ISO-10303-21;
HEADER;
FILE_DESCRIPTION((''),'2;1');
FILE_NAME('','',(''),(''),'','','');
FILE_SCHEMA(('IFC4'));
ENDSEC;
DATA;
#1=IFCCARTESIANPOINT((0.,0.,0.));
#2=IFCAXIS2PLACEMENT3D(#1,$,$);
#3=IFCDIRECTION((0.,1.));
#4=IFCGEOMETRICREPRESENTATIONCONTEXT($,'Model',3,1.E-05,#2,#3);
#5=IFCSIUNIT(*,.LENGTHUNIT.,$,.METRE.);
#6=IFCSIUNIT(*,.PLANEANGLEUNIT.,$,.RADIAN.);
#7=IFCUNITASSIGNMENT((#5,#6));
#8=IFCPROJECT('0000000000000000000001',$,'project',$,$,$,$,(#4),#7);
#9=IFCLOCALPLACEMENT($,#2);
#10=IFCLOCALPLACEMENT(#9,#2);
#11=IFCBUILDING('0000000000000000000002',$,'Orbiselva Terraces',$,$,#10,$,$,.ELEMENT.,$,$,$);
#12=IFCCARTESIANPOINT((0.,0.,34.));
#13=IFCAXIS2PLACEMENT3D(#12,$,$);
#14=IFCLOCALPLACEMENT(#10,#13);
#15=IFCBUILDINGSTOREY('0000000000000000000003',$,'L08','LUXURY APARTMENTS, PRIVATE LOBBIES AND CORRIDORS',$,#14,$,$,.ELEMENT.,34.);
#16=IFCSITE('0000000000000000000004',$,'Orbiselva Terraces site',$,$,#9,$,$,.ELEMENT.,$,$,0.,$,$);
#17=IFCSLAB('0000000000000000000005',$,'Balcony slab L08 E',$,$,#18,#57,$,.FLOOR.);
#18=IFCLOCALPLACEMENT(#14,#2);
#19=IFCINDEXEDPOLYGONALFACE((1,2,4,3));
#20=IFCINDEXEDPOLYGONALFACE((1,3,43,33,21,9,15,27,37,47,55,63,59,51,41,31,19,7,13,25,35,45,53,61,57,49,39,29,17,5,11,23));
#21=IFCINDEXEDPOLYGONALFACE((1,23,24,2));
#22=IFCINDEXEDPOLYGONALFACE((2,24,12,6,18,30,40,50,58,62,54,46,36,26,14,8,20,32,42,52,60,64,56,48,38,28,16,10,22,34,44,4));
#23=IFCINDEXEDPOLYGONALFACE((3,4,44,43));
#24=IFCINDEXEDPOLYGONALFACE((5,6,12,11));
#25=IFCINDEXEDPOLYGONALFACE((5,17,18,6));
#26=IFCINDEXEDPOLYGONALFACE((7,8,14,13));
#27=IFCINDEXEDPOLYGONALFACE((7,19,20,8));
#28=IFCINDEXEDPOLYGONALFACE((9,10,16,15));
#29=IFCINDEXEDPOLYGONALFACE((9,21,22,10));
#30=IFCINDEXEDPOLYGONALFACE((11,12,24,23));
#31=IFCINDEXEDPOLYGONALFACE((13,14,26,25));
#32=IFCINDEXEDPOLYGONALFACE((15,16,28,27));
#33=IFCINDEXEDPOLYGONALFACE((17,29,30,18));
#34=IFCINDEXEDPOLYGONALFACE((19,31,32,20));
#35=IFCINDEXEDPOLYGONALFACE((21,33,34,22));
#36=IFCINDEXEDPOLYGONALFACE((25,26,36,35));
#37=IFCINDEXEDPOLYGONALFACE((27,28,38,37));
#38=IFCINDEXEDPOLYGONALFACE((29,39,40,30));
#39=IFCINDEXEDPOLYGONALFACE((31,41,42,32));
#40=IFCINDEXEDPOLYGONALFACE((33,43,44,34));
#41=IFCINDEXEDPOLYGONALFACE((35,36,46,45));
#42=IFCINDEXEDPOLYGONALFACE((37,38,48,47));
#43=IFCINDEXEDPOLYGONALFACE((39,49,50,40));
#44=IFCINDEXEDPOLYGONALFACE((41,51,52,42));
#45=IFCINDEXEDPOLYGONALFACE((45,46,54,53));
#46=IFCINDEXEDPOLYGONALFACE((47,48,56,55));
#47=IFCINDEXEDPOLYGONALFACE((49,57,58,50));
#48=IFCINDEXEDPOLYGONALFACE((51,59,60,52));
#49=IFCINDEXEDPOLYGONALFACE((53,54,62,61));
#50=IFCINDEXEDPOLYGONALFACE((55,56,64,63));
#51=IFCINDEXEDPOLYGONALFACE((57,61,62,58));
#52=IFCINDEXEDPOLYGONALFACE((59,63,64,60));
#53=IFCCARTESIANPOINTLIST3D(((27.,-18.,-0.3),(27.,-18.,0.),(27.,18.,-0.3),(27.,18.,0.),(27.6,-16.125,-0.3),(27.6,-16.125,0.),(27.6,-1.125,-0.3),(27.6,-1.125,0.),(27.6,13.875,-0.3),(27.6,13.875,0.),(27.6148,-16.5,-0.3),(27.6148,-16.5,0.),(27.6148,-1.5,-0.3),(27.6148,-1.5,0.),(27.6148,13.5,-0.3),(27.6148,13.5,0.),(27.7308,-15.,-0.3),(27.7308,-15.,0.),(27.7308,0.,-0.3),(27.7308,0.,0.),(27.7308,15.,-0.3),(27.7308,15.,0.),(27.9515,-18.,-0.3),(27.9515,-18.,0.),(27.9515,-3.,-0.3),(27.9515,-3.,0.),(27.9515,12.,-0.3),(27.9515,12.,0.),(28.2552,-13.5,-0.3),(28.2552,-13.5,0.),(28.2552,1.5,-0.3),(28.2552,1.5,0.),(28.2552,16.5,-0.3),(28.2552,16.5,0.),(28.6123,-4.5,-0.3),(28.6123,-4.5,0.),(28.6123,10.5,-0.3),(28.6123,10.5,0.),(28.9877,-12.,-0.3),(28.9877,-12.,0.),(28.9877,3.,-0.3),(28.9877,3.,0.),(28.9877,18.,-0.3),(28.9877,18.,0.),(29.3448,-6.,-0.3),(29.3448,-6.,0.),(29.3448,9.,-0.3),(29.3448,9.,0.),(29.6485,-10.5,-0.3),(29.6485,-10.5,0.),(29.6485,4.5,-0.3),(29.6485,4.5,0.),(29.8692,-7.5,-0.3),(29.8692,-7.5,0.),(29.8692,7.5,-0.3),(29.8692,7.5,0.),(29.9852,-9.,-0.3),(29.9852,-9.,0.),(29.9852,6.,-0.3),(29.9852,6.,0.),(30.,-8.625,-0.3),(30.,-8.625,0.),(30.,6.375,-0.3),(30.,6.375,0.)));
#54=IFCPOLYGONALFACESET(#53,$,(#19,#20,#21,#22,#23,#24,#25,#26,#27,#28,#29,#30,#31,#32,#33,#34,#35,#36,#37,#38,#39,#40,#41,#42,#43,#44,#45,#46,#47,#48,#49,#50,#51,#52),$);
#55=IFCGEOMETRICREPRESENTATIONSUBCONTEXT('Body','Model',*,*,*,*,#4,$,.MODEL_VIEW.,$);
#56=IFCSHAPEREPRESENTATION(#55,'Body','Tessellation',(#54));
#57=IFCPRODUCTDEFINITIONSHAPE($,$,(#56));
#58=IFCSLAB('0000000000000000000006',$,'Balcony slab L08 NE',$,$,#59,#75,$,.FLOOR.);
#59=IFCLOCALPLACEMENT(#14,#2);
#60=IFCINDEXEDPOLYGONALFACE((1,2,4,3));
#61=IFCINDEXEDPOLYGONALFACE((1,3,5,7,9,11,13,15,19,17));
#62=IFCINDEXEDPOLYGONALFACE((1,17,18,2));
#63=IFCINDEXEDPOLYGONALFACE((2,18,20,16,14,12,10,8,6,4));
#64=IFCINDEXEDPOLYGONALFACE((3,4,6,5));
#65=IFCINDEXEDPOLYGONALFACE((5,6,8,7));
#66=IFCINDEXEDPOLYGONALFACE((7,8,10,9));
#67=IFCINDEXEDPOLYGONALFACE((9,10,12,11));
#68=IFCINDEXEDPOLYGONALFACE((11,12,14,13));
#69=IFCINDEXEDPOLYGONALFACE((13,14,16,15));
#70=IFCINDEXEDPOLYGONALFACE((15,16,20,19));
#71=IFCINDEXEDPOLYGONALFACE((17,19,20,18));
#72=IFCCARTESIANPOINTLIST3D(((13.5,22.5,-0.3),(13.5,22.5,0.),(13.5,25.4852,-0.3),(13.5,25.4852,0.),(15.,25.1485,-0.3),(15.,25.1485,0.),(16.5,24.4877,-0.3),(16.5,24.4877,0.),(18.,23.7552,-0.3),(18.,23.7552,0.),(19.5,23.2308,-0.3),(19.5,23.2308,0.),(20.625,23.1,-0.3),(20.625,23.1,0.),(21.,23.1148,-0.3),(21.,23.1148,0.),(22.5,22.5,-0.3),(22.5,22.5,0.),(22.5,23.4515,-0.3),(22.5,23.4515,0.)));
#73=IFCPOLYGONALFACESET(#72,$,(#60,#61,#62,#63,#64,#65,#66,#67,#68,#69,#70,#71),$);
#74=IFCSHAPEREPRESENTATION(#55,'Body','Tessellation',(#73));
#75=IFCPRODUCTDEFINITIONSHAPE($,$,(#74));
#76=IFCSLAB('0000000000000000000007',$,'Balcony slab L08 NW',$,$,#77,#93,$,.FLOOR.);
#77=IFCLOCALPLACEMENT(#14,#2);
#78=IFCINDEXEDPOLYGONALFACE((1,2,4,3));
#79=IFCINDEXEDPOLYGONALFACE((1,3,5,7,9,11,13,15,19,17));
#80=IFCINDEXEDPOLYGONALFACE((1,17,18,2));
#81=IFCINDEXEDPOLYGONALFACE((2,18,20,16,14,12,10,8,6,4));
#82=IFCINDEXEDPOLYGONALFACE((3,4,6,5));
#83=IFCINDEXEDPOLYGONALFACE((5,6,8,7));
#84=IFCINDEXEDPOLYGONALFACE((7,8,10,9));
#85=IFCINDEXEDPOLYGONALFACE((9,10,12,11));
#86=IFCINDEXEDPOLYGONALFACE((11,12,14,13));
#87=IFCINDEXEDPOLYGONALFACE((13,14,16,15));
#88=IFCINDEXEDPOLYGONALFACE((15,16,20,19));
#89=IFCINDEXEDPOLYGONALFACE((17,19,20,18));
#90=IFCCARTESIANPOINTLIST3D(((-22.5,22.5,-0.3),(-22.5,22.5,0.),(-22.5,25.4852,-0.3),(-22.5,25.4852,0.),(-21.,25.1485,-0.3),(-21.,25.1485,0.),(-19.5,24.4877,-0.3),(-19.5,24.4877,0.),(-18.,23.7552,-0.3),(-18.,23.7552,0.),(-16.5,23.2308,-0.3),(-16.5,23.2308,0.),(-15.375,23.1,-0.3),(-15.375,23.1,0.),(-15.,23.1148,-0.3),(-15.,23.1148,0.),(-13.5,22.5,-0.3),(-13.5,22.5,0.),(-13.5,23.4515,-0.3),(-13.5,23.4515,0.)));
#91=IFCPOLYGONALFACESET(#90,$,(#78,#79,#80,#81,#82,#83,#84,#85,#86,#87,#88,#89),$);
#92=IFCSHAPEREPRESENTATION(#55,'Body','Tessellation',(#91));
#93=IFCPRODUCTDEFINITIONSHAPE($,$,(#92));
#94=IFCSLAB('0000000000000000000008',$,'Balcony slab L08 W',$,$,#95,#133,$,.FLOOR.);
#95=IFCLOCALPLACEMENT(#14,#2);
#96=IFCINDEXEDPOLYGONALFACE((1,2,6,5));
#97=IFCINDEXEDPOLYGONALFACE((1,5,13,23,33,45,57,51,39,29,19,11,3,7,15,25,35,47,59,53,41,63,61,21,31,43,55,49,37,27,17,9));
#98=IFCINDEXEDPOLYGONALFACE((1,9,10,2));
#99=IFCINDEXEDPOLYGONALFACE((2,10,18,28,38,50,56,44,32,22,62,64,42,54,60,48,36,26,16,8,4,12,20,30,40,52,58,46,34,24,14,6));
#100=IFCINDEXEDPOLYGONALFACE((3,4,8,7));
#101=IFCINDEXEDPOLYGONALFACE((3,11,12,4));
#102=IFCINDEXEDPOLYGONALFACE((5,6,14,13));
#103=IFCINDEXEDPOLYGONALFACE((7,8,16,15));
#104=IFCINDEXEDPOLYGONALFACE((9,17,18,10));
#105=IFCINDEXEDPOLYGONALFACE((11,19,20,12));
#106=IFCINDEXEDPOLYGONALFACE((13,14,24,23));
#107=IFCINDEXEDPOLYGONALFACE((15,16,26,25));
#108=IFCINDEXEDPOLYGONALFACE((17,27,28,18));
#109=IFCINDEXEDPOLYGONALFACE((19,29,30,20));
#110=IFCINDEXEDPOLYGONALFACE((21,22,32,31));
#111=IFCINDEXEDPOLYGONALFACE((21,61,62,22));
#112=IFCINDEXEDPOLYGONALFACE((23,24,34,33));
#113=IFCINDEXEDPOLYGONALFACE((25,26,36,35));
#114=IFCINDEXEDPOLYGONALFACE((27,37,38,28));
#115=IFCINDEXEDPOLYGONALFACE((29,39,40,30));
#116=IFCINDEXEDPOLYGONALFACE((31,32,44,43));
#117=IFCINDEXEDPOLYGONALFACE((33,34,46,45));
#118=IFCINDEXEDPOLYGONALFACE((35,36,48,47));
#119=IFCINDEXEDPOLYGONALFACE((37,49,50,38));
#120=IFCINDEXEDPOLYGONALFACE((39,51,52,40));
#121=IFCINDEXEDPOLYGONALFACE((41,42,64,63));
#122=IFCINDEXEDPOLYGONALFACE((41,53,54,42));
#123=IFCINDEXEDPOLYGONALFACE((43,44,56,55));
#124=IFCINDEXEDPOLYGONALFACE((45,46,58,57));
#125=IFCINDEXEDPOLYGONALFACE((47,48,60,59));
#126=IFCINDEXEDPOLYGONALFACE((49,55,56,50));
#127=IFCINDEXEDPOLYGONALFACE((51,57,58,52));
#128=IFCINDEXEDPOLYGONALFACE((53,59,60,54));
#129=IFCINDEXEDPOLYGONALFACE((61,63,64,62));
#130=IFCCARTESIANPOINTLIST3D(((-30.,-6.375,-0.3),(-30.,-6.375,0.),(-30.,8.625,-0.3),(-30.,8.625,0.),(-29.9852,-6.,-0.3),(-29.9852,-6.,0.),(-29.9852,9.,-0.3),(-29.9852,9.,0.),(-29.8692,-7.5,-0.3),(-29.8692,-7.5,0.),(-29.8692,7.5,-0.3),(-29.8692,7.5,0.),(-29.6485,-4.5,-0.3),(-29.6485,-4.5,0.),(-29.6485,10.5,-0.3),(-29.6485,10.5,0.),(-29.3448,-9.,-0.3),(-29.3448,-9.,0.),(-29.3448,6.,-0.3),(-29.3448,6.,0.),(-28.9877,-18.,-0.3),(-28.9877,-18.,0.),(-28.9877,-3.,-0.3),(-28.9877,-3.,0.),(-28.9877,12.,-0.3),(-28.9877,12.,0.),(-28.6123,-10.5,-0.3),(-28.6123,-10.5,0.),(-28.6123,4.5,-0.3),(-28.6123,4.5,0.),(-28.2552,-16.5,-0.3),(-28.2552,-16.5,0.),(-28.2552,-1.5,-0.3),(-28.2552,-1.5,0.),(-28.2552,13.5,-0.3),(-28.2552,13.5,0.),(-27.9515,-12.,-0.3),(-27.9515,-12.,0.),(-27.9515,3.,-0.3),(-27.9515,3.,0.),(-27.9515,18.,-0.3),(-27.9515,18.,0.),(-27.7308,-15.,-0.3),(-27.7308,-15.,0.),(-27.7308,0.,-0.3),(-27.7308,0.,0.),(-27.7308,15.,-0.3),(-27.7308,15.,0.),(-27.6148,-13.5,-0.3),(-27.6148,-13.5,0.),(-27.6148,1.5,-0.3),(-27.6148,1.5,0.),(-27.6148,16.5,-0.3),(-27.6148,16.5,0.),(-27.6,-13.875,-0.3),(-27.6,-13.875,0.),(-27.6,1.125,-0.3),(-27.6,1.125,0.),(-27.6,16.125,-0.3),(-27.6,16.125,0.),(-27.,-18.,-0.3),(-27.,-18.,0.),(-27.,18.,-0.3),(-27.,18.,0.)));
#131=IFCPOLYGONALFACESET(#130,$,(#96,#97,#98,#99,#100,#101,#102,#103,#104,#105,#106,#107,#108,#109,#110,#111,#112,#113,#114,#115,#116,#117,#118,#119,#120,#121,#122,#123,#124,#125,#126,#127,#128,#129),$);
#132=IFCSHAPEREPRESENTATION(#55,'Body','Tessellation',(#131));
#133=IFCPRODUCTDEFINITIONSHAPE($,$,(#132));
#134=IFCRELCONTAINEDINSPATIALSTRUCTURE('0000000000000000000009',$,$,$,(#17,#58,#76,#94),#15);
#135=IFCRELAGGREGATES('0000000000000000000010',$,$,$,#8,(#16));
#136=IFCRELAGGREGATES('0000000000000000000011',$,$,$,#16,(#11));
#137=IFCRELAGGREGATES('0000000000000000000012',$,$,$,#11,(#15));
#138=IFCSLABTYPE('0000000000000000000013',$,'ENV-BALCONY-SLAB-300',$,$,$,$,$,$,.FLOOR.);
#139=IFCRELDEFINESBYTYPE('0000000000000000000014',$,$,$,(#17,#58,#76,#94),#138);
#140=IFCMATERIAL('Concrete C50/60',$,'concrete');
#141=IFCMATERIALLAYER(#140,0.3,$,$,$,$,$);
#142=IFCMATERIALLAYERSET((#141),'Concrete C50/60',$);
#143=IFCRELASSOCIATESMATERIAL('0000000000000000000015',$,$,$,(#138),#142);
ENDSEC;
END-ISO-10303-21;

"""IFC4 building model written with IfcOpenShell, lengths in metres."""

from ifc_helpers import new_model, si_unit, direction, frame, origin, place, context, subcontext, project, spatial, polyline, outline, extrude, material, layer, layer_set, type_object, element, save


model = new_model("IFC4")

# Units and contexts
model_context = context("Model", 3, precision=1e-05, world=origin(), true_north=direction((0.0, 1.0)))
body_context = subcontext(model_context, "Body", "Model", "MODEL_VIEW")
ifc_project = project(units=[si_unit("LENGTHUNIT", "METRE"), si_unit("PLANEANGLEUNIT", "RADIAN")], contexts=[model_context])

# Site, building, storey
site_placement = place(None, origin())
site = spatial("IfcSite", under=ifc_project, at=site_placement, Name="Orbiselva Terraces site", CompositionType="ELEMENT", RefElevation=0.0)
building_placement = place(site_placement, origin())
building = spatial("IfcBuilding", under=site, at=building_placement, Name="Orbiselva Terraces", CompositionType="ELEMENT")
storey_placement = place(building_placement, frame((0.0, 0.0, 34.0)))
storey = spatial("IfcBuildingStorey", under=building, at=storey_placement, Name="L08", Description="LUXURY APARTMENTS, PRIVATE LOBBIES AND CORRIDORS", CompositionType="ELEMENT", Elevation=34.0)

# Slabs
ifc_material_1 = material(Name="Concrete C50/60", Category="concrete")
ifc_layer_1 = layer(ifc_material_1, 0.3)
ifc_layer_set_1 = layer_set([ifc_layer_1], Name="Concrete C50/60")
slab_type_1 = type_object("IfcSlabType", Name="ENV-BALCONY-SLAB-300", PredefinedType="FLOOR", material=ifc_layer_set_1)
slab_1_placement = place(storey_placement, frame((0.0, 0.0, -0.3)))
element("IfcSlab", 1, at=slab_1_placement, inside=storey, type_object=slab_type_1, Name="Balcony slab L08 E", PredefinedType="FLOOR", context=body_context, shape_type="SweptSolid", body=[
    extrude(outline(polyline([(27.9515, -18.0), (27.6148, -16.5), (27.6, -16.125), (27.7308, -15.0), (28.2552, -13.5), (28.9877, -12.0), (29.6485, -10.5), (29.9852, -9.0), (30.0, -8.625), (29.8692, -7.5), (29.3448, -6.0), (28.6123, -4.5), (27.9515, -3.0), (27.6148, -1.5), (27.6, -1.125), (27.7308, 0.0), (28.2552, 1.5), (28.9877, 3.0), (29.6485, 4.5), (29.9852, 6.0), (30.0, 6.375), (29.8692, 7.5), (29.3448, 9.0), (28.6123, 10.5), (27.9515, 12.0), (27.6148, 13.5), (27.6, 13.875), (27.7308, 15.0), (28.2552, 16.5), (28.9877, 18.0), (27.0, 18.0), (27.0, -18.0), (27.9515, -18.0)])), origin(), (0.0, 0.0, 1.0), 0.3),
])
slab_2_placement = place(storey_placement, frame((0.0, 0.0, -0.3)))
element("IfcSlab", 2, at=slab_2_placement, inside=storey, type_object=slab_type_1, Name="Balcony slab L08 NE", PredefinedType="FLOOR", context=body_context, shape_type="SweptSolid", body=[
    extrude(outline(polyline([(22.5, 23.4515), (21.0, 23.1148), (20.625, 23.1), (19.5, 23.2308), (18.0, 23.7552), (16.5, 24.4877), (15.0, 25.1485), (13.5, 25.4852), (13.5, 22.5), (22.5, 22.5), (22.5, 23.4515)])), origin(), (0.0, 0.0, 1.0), 0.3),
])
slab_3_placement = place(storey_placement, frame((0.0, 0.0, -0.3)))
element("IfcSlab", 3, at=slab_3_placement, inside=storey, type_object=slab_type_1, Name="Balcony slab L08 NW", PredefinedType="FLOOR", context=body_context, shape_type="SweptSolid", body=[
    extrude(outline(polyline([(-13.5, 23.4515), (-15.0, 23.1148), (-15.375, 23.1), (-16.5, 23.2308), (-18.0, 23.7552), (-19.5, 24.4877), (-21.0, 25.1485), (-22.5, 25.4852), (-22.5, 22.5), (-13.5, 22.5), (-13.5, 23.4515)])), origin(), (0.0, 0.0, 1.0), 0.3),
])
slab_4_placement = place(storey_placement, frame((0.0, 0.0, -0.3)))
element("IfcSlab", 4, at=slab_4_placement, inside=storey, type_object=slab_type_1, Name="Balcony slab L08 W", PredefinedType="FLOOR", context=body_context, shape_type="SweptSolid", body=[
    extrude(outline(polyline([(-27.9515, 18.0), (-27.6148, 16.5), (-27.6, 16.125), (-27.7308, 15.0), (-28.2552, 13.5), (-28.9877, 12.0), (-29.6485, 10.5), (-29.9852, 9.0), (-30.0, 8.625), (-29.8692, 7.5), (-29.3448, 6.0), (-28.6123, 4.5), (-27.9515, 3.0), (-27.6148, 1.5), (-27.6, 1.125), (-27.7308, 0.0), (-28.2552, -1.5), (-28.9877, -3.0), (-29.6485, -4.5), (-29.9852, -6.0), (-30.0, -6.375), (-29.8692, -7.5), (-29.3448, -9.0), (-28.6123, -10.5), (-27.9515, -12.0), (-27.6148, -13.5), (-27.6, -13.875), (-27.7308, -15.0), (-28.2552, -16.5), (-28.9877, -18.0), (-27.0, -18.0), (-27.0, 18.0), (-27.9515, 18.0)])), origin(), (0.0, 0.0, 1.0), 0.3),
])

save(model, "model.ifc")
